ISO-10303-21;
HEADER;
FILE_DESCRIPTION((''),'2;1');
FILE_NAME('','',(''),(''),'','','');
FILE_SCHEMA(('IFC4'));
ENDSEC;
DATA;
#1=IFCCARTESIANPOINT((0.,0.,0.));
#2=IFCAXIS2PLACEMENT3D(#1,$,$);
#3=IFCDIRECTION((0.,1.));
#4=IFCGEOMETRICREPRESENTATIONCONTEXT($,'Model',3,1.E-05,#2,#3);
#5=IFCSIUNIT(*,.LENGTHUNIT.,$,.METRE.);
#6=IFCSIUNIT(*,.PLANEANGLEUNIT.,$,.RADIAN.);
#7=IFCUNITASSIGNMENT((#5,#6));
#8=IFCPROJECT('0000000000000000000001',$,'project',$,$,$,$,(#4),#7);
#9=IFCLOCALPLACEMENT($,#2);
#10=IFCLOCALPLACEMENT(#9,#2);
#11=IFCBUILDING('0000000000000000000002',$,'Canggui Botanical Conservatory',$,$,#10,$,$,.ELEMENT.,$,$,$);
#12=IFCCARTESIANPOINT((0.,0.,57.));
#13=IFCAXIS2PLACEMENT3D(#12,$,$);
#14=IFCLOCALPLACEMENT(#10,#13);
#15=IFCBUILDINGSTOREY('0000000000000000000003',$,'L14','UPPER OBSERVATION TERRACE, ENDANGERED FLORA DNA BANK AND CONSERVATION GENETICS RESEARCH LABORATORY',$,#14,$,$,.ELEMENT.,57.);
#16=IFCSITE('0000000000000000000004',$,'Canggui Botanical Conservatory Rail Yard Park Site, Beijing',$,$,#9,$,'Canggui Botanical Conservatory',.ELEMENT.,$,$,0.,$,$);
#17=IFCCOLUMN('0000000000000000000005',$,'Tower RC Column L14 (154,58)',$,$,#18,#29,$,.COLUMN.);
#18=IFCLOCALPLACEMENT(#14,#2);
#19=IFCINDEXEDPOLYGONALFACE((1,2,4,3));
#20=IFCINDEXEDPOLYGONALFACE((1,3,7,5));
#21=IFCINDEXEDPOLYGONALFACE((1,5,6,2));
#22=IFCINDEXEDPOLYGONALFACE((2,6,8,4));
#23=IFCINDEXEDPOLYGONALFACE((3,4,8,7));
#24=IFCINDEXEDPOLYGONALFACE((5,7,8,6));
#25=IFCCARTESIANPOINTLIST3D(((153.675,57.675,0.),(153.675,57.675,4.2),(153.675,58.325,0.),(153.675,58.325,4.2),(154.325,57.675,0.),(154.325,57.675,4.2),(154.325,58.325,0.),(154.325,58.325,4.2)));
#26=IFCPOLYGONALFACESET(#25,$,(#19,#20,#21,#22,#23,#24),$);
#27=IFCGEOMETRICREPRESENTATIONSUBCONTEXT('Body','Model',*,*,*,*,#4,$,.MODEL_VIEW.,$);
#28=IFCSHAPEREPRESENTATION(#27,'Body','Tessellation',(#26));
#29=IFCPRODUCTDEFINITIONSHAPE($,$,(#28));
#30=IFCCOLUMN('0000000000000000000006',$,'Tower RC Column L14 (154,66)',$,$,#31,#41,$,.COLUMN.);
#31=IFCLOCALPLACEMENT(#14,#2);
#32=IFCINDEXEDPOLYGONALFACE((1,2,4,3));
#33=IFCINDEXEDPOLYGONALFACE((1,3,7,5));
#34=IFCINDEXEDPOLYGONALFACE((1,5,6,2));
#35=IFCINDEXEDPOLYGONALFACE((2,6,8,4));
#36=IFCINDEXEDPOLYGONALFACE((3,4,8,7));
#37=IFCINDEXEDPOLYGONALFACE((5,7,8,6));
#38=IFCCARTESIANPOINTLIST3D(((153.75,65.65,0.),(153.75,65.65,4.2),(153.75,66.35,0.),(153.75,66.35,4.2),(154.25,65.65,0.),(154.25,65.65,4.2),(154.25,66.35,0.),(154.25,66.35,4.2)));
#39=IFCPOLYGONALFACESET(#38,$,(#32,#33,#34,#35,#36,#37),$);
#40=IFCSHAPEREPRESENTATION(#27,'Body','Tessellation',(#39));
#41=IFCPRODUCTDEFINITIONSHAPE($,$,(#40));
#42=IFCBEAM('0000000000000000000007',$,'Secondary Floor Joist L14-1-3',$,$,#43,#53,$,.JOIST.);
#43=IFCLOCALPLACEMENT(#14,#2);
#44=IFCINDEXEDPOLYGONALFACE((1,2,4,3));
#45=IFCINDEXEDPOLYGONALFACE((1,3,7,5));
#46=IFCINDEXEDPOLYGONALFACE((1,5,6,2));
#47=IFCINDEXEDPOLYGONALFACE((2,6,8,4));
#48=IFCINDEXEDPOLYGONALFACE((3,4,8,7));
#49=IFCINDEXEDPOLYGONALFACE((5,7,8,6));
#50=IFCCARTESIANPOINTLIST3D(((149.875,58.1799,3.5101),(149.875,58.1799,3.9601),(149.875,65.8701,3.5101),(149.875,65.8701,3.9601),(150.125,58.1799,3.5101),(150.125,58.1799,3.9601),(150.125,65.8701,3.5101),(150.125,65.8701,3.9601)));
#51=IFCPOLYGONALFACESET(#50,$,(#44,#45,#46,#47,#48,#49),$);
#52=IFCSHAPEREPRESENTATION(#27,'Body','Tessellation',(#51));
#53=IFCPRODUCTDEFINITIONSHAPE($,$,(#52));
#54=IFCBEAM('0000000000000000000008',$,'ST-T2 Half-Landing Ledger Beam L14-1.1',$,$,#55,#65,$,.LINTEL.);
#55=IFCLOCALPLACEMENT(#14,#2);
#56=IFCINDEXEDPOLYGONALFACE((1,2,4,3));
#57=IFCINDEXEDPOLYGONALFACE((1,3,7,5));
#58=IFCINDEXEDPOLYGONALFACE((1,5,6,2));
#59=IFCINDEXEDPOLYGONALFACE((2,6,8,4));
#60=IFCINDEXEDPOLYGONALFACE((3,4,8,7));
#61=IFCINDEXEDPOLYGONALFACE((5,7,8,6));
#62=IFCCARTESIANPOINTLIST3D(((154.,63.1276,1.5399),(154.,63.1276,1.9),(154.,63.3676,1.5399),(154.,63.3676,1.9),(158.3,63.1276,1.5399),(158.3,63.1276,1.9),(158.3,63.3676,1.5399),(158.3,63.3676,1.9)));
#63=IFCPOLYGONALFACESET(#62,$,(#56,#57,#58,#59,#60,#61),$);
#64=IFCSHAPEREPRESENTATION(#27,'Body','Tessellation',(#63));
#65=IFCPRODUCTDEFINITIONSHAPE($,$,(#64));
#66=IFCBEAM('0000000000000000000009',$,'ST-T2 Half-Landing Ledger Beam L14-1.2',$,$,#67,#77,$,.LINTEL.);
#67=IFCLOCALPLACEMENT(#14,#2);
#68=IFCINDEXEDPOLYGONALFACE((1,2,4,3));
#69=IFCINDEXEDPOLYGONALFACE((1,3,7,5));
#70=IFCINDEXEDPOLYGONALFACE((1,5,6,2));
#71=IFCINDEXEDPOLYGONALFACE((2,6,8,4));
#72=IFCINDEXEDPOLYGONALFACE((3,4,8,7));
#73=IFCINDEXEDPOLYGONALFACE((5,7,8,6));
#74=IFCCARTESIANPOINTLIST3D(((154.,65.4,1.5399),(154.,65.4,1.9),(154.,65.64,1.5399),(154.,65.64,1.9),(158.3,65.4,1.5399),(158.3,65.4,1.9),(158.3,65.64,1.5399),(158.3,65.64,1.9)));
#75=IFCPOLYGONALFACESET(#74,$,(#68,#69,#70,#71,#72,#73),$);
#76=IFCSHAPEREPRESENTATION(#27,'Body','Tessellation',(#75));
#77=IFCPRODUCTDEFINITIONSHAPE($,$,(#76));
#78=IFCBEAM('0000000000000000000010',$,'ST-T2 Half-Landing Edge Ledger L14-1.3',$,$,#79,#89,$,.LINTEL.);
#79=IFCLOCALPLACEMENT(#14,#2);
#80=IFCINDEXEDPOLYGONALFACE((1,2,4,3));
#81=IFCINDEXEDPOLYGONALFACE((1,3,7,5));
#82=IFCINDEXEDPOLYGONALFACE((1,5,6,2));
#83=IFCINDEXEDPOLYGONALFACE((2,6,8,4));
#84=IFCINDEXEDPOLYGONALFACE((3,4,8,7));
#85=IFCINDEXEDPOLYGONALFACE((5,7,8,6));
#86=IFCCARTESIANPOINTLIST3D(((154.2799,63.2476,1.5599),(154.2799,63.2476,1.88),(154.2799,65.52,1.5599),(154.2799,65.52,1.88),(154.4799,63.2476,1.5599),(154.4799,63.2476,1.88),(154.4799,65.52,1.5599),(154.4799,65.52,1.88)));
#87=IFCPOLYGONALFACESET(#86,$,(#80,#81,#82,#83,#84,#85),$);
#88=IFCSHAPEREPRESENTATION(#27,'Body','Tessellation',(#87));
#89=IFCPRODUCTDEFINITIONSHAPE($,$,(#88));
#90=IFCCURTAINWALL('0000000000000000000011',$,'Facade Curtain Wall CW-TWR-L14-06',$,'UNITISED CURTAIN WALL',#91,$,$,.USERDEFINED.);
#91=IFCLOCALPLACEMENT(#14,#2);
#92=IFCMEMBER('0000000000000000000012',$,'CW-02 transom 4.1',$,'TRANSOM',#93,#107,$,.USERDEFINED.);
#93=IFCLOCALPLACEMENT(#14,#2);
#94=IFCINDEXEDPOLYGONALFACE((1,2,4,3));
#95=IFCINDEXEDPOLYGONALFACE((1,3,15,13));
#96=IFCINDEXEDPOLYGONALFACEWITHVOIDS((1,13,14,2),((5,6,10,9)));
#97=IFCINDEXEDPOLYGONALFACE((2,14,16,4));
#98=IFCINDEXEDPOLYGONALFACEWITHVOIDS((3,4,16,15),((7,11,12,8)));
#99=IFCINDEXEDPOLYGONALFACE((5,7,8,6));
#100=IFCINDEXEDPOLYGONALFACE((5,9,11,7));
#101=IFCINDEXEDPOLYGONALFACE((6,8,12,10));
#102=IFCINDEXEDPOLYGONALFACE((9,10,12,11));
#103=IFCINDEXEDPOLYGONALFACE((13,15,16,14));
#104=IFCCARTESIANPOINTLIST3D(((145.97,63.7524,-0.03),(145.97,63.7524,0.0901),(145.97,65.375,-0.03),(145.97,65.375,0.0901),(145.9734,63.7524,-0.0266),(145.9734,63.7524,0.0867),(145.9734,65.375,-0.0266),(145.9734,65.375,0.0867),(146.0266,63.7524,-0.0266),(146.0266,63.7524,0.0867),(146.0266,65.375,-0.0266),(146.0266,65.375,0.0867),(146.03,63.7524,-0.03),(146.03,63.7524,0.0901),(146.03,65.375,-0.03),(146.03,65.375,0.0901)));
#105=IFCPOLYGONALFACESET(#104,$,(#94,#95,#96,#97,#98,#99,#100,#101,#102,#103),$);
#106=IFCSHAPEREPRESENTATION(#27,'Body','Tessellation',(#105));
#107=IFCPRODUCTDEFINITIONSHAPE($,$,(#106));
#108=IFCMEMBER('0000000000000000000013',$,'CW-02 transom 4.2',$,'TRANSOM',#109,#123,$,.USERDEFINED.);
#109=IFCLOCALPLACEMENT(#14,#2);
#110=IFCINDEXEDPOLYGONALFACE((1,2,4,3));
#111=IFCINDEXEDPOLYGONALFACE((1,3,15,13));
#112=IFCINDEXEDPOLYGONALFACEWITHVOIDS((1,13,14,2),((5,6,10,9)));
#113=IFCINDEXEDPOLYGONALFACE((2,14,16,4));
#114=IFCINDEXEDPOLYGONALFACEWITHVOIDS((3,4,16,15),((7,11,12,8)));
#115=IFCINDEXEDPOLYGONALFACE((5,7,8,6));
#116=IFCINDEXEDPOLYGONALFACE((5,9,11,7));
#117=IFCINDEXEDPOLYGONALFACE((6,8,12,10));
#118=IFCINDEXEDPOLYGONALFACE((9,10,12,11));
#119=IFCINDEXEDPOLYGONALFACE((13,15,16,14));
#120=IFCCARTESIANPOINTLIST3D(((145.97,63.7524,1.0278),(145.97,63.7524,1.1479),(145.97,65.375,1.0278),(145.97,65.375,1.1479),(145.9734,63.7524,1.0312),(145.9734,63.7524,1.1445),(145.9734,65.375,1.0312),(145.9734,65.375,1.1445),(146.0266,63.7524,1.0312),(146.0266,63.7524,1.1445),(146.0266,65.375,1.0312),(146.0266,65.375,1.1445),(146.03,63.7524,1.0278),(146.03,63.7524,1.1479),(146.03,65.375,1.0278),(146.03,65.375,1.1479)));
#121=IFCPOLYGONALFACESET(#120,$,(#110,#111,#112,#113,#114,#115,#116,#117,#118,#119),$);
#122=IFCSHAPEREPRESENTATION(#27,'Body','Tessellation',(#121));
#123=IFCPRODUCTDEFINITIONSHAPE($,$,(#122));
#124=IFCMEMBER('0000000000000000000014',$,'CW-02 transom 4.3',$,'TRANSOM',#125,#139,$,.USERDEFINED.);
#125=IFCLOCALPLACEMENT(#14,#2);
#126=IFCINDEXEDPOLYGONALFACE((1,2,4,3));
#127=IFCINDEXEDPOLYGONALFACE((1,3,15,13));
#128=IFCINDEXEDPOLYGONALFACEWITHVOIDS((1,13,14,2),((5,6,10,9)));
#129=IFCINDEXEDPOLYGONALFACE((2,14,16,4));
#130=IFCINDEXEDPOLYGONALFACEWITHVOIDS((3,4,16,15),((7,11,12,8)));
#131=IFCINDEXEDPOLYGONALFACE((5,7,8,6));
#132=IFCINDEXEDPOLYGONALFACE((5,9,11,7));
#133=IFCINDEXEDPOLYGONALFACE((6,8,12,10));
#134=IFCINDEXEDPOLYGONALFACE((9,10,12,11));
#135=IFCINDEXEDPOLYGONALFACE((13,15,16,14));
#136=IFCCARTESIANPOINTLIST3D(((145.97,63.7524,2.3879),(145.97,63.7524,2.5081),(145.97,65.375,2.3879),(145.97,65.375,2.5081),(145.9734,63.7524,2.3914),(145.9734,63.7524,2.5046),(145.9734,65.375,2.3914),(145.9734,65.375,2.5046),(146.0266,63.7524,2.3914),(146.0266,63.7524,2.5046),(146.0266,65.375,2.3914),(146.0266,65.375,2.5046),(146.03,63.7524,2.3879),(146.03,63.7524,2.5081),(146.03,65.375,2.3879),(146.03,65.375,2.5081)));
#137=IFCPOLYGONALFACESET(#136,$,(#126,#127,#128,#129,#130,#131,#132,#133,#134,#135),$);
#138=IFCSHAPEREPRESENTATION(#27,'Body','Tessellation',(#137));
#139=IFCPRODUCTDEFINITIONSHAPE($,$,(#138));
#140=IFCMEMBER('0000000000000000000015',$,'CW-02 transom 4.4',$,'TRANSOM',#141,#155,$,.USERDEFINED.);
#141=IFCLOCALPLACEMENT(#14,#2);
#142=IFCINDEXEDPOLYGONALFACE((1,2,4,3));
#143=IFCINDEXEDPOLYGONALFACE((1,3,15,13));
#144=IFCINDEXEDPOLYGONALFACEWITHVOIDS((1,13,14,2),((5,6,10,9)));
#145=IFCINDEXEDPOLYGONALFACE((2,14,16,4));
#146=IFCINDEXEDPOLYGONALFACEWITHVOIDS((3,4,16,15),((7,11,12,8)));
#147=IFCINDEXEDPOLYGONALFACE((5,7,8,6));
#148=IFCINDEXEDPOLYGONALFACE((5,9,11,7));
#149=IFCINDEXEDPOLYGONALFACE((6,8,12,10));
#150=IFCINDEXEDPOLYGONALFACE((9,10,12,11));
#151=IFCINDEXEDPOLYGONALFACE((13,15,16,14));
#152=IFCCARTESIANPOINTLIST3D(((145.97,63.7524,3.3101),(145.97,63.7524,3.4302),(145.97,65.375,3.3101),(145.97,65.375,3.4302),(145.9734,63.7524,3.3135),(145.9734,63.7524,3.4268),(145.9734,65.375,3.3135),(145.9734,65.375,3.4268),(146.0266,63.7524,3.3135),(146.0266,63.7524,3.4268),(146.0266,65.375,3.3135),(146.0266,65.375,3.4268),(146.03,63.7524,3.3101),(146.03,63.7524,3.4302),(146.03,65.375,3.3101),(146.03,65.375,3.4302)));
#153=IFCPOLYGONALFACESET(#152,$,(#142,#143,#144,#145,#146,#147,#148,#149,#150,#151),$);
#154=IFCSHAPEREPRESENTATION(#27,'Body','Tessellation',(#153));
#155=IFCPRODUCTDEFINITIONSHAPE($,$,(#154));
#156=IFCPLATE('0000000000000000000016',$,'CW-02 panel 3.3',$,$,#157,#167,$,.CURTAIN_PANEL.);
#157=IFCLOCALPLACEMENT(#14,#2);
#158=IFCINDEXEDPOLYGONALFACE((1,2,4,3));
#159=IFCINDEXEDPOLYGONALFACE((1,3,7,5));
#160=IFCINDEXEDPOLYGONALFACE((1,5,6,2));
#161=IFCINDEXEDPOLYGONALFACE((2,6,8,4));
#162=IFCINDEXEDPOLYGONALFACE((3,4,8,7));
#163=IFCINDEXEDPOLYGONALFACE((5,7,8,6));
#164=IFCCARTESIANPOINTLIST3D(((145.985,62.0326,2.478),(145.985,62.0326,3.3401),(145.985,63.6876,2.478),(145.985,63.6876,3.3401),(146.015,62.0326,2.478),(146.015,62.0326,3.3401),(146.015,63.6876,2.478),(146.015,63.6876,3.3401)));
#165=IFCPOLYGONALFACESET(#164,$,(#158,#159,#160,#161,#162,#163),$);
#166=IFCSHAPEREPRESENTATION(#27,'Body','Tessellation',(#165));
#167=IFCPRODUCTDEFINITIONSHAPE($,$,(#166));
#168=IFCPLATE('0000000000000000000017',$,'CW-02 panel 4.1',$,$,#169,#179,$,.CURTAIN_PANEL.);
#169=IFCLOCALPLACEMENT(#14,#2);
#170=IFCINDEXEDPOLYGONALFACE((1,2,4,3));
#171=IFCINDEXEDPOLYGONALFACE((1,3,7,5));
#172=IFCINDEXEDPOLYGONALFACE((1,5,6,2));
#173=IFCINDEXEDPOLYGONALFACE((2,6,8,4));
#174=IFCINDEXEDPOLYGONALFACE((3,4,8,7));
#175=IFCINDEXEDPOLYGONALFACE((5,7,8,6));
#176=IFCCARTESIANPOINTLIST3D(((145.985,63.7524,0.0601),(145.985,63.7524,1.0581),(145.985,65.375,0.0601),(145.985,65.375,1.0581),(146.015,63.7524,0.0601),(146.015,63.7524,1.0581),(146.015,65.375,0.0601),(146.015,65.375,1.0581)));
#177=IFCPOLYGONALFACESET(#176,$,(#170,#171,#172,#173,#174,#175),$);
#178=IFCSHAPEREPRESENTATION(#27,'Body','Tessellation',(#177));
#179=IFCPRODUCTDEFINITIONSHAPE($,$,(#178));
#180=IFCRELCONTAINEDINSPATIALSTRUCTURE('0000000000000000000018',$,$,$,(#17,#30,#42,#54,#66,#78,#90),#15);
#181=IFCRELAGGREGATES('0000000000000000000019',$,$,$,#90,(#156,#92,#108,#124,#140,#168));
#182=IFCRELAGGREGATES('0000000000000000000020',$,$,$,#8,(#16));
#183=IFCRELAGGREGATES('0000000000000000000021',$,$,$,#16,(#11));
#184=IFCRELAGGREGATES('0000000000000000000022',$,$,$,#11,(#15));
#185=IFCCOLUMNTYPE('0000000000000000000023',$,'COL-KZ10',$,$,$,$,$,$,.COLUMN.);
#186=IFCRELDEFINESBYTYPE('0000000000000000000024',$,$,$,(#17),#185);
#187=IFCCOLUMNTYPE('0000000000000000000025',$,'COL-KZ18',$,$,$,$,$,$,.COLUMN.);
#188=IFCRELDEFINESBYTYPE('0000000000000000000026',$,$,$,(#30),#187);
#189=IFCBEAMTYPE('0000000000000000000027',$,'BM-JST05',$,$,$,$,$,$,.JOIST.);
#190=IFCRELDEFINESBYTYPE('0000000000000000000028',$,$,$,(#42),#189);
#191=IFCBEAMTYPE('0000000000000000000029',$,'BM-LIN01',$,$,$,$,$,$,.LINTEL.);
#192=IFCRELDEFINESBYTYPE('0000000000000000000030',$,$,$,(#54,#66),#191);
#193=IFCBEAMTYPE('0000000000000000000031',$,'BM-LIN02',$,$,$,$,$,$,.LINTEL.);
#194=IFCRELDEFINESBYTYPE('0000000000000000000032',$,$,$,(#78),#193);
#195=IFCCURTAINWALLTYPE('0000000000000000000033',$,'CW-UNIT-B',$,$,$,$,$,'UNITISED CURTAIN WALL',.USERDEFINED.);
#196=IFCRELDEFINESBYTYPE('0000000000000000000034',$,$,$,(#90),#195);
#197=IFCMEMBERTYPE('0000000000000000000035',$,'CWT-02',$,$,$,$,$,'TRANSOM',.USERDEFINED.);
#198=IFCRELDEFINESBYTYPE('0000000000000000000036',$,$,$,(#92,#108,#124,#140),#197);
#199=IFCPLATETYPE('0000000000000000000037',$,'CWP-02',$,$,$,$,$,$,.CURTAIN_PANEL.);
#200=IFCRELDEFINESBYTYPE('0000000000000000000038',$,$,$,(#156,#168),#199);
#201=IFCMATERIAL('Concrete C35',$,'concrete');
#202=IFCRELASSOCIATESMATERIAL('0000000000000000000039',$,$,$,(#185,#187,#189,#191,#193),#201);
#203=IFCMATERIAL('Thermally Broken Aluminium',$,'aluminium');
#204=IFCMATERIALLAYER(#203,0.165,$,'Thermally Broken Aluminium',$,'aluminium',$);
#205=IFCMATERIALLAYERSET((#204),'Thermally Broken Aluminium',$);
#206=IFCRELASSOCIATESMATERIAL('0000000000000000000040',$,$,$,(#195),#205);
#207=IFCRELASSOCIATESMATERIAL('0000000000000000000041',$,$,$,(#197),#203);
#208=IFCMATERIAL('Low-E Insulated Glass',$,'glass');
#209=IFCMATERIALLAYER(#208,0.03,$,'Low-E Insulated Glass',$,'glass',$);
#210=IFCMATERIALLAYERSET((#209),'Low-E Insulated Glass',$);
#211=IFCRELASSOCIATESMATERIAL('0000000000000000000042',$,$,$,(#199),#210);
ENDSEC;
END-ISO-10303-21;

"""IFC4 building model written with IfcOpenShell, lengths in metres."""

from ifc_helpers import new_model, si_unit, direction, frame, origin, origin_2d, place, context, subcontext, project, spatial, rectangle, hollow_rectangle, extrude, material, layer, layer_set, material_profile, profile_set, type_object, element, aggregate, save


model = new_model("IFC4")

# Units and contexts
model_context = context("Model", 3, precision=1e-05, world=origin(), true_north=direction((0.0, 1.0)))
body_context = subcontext(model_context, "Body", "Model", "MODEL_VIEW")
ifc_project = project(units=[si_unit("LENGTHUNIT", "METRE"), si_unit("PLANEANGLEUNIT", "RADIAN")], contexts=[model_context])

# Site, building, storey
site_placement = place(None, origin())
site = spatial("IfcSite", under=ifc_project, at=site_placement, Name="Canggui Botanical Conservatory Rail Yard Park Site, Beijing", LongName="Canggui Botanical Conservatory", CompositionType="ELEMENT", RefElevation=0.0)
building_placement = place(site_placement, origin())
building = spatial("IfcBuilding", under=site, at=building_placement, Name="Canggui Botanical Conservatory", CompositionType="ELEMENT")
storey_placement = place(building_placement, frame((0.0, 0.0, 57.0)))
storey = spatial("IfcBuildingStorey", under=building, at=storey_placement, Name="L14", Description="UPPER OBSERVATION TERRACE, ENDANGERED FLORA DNA BANK AND CONSERVATION GENETICS RESEARCH LABORATORY", CompositionType="ELEMENT", Elevation=57.0)

# Columns
ifc_material_1 = material(Name="Concrete C35", Category="concrete")
ifc_material_profile_1 = material_profile(ifc_material_1, rectangle(XDim=0.6499, YDim=0.6499, at=origin_2d()), Name="RC 650x650")
ifc_profile_set_1 = profile_set([ifc_material_profile_1], Name="Concrete C35")
column_type_1 = type_object("IfcColumnType", Name="COL-KZ10", PredefinedType="COLUMN", material=ifc_profile_set_1)
column_1_placement = place(storey_placement, frame((154.0, 58.0, 0.0), z_axis=(0.0, 0.0, 1.0), x_axis=(1.0, 0.0, 0.0)))
element("IfcColumn", 1, at=column_1_placement, inside=storey, type_object=column_type_1, Name="Tower RC Column L14 (154,58)", PredefinedType="COLUMN", context=body_context, shape_type="SweptSolid", body=[
    extrude(rectangle(XDim=0.6499, YDim=0.6499, at=origin_2d()), origin(), (0.0, 0.0, 1.0), 4.2),
])
ifc_material_profile_2 = material_profile(ifc_material_1, rectangle(XDim=0.5, YDim=0.7, at=origin_2d()), Name="RC 500x700")
ifc_profile_set_2 = profile_set([ifc_material_profile_2], Name="Concrete C35")
column_type_2 = type_object("IfcColumnType", Name="COL-KZ18", PredefinedType="COLUMN", material=ifc_profile_set_2)
column_2_placement = place(storey_placement, frame((154.0, 66.0, 0.0), z_axis=(0.0, 0.0, 1.0), x_axis=(1.0, 0.0, 0.0)))
element("IfcColumn", 2, at=column_2_placement, inside=storey, type_object=column_type_2, Name="Tower RC Column L14 (154,66)", PredefinedType="COLUMN", context=body_context, shape_type="SweptSolid", body=[
    extrude(rectangle(XDim=0.5, YDim=0.7, at=origin_2d()), origin(), (0.0, 0.0, 1.0), 4.2),
])

# Beams
ifc_material_profile_3 = material_profile(ifc_material_1, rectangle(XDim=0.25, YDim=0.45, at=origin_2d()), Name="RB 250x450")
ifc_profile_set_3 = profile_set([ifc_material_profile_3], Name="Concrete C35")
beam_type_1 = type_object("IfcBeamType", Name="BM-JST05", PredefinedType="JOIST", material=ifc_profile_set_3)
beam_1_placement = place(storey_placement, frame((150.0, 58.1799, 3.7351), z_axis=(0.0, 1.0, 0.0), x_axis=(-1.0, 0.0, 0.0)))
element("IfcBeam", 3, at=beam_1_placement, inside=storey, type_object=beam_type_1, Name="Secondary Floor Joist L14-1-3", PredefinedType="JOIST", context=body_context, shape_type="SweptSolid", body=[
    extrude(rectangle(XDim=0.25, YDim=0.45, at=origin_2d()), origin(), (0.0, 0.0, 1.0), 7.6902),
])
ifc_material_profile_4 = material_profile(ifc_material_1, rectangle(XDim=0.24, YDim=0.3601, at=origin_2d()), Name="RB 240x360")
ifc_profile_set_4 = profile_set([ifc_material_profile_4], Name="Concrete C35")
beam_type_2 = type_object("IfcBeamType", Name="BM-LIN01", PredefinedType="LINTEL", material=ifc_profile_set_4)
for number, where, z_axis, x_axis, name in (
    (4, (154.0, 63.2476, 1.72), (1.0, 0.0, 0.0), (0.0, 1.0, 0.0), "ST-T2 Half-Landing Ledger Beam L14-1.1"),
    (5, (154.0, 65.52, 1.72), (1.0, 0.0, 0.0), (0.0, 1.0, 0.0), "ST-T2 Half-Landing Ledger Beam L14-1.2"),
):
    element("IfcBeam", number, at=place(storey_placement, frame(where, z_axis=z_axis, x_axis=x_axis)), inside=storey, type_object=beam_type_2, Name=name, PredefinedType="LINTEL", context=body_context, shape_type="SweptSolid", body=[
        extrude(rectangle(XDim=0.24, YDim=0.3601, at=origin_2d()), origin(), (0.0, 0.0, 1.0), 4.3),
    ])
ifc_material_profile_5 = material_profile(ifc_material_1, rectangle(XDim=0.2, YDim=0.3201, at=origin_2d()), Name="RB 200x320")
ifc_profile_set_5 = profile_set([ifc_material_profile_5], Name="Concrete C35")
beam_type_3 = type_object("IfcBeamType", Name="BM-LIN02", PredefinedType="LINTEL", material=ifc_profile_set_5)
beam_2_placement = place(storey_placement, frame((154.3799, 63.2476, 1.72), z_axis=(0.0, 1.0, 0.0), x_axis=(-1.0, 0.0, 0.0)))
element("IfcBeam", 6, at=beam_2_placement, inside=storey, type_object=beam_type_3, Name="ST-T2 Half-Landing Edge Ledger L14-1.3", PredefinedType="LINTEL", context=body_context, shape_type="SweptSolid", body=[
    extrude(rectangle(XDim=0.2, YDim=0.3201, at=origin_2d()), origin(), (0.0, 0.0, 1.0), 2.2725),
])

# Curtain wall, members, plates
ifc_material_2 = material(Name="Thermally Broken Aluminium", Category="aluminium")
ifc_layer_1 = layer(ifc_material_2, 0.165, Name="Thermally Broken Aluminium", Category="aluminium")
ifc_layer_set_1 = layer_set([ifc_layer_1], Name="Thermally Broken Aluminium")
curtain_wall_type = type_object("IfcCurtainWallType", Name="CW-UNIT-B", ElementType="UNITISED CURTAIN WALL", PredefinedType="USERDEFINED", material=ifc_layer_set_1)
curtain_wall_placement = place(storey_placement, origin())
curtain_wall = element("IfcCurtainWall", 7, at=curtain_wall_placement, inside=storey, type_object=curtain_wall_type, Name="Facade Curtain Wall CW-TWR-L14-06", ObjectType="UNITISED CURTAIN WALL", PredefinedType="USERDEFINED")
ifc_material_profile_6 = material_profile(ifc_material_2, hollow_rectangle(XDim=0.0601, YDim=0.1201, WallThickness=0.0034, at=origin_2d()), Name="CWT 60x120x3.5")
ifc_profile_set_6 = profile_set([ifc_material_profile_6], Name="Thermally Broken Aluminium")
member_type = type_object("IfcMemberType", Name="CWT-02", ElementType="TRANSOM", PredefinedType="USERDEFINED", material=ifc_profile_set_6)
member_1_placement = place(storey_placement, frame((146.0, 63.7524, 0.03), z_axis=(0.0, 1.0, 0.0), x_axis=(-1.0, 0.0, 0.0)))
member_1 = element("IfcMember", 8, at=member_1_placement, type_object=member_type, Name="CW-02 transom 4.1", ObjectType="TRANSOM", PredefinedType="USERDEFINED", context=body_context, shape_type="SweptSolid", body=[
    extrude(hollow_rectangle(XDim=0.0601, YDim=0.1201, WallThickness=0.0034, at=origin_2d()), origin(), (0.0, 0.0, 1.0), 1.6226),
])
member_2_placement = place(storey_placement, frame((146.0, 63.7524, 1.0879), z_axis=(0.0, 1.0, 0.0), x_axis=(-1.0, 0.0, 0.0)))
member_2 = element("IfcMember", 9, at=member_2_placement, type_object=member_type, Name="CW-02 transom 4.2", ObjectType="TRANSOM", PredefinedType="USERDEFINED", context=body_context, shape_type="SweptSolid", body=[
    extrude(hollow_rectangle(XDim=0.0601, YDim=0.1201, WallThickness=0.0034, at=origin_2d()), origin(), (0.0, 0.0, 1.0), 1.6226),
])
member_3_placement = place(storey_placement, frame((146.0, 63.7524, 2.448), z_axis=(0.0, 1.0, 0.0), x_axis=(-1.0, 0.0, 0.0)))
member_3 = element("IfcMember", 10, at=member_3_placement, type_object=member_type, Name="CW-02 transom 4.3", ObjectType="TRANSOM", PredefinedType="USERDEFINED", context=body_context, shape_type="SweptSolid", body=[
    extrude(hollow_rectangle(XDim=0.0601, YDim=0.1201, WallThickness=0.0034, at=origin_2d()), origin(), (0.0, 0.0, 1.0), 1.6226),
])
member_4_placement = place(storey_placement, frame((146.0, 63.7524, 3.3701), z_axis=(0.0, 1.0, 0.0), x_axis=(-1.0, 0.0, 0.0)))
member_4 = element("IfcMember", 11, at=member_4_placement, type_object=member_type, Name="CW-02 transom 4.4", ObjectType="TRANSOM", PredefinedType="USERDEFINED", context=body_context, shape_type="SweptSolid", body=[
    extrude(hollow_rectangle(XDim=0.0601, YDim=0.1201, WallThickness=0.0034, at=origin_2d()), origin(), (0.0, 0.0, 1.0), 1.6226),
])
ifc_material_3 = material(Name="Low-E Insulated Glass", Category="glass")
ifc_layer_2 = layer(ifc_material_3, 0.03, Name="Low-E Insulated Glass", Category="glass")
ifc_layer_set_2 = layer_set([ifc_layer_2], Name="Low-E Insulated Glass")
plate_type = type_object("IfcPlateType", Name="CWP-02", PredefinedType="CURTAIN_PANEL", material=ifc_layer_set_2)
plate_1_placement = place(storey_placement, frame((146.0, 62.8601, 2.478), z_axis=(0.0, 0.0, 1.0), x_axis=(0.0, 1.0, 0.0)))
plate_1 = element("IfcPlate", 12, at=plate_1_placement, type_object=plate_type, Name="CW-02 panel 3.3", PredefinedType="CURTAIN_PANEL", context=body_context, shape_type="SweptSolid", body=[
    extrude(rectangle(XDim=1.655, YDim=0.03, at=origin_2d()), origin(), (0.0, 0.0, 1.0), 0.8621),
])
plate_2_placement = place(storey_placement, frame((146.0, 64.5637, 0.0601), z_axis=(0.0, 0.0, 1.0), x_axis=(0.0, 1.0, 0.0)))
plate_2 = element("IfcPlate", 13, at=plate_2_placement, type_object=plate_type, Name="CW-02 panel 4.1", PredefinedType="CURTAIN_PANEL", context=body_context, shape_type="SweptSolid", body=[
    extrude(rectangle(XDim=1.6226, YDim=0.03, at=origin_2d()), origin(), (0.0, 0.0, 1.0), 0.998),
])
aggregate(curtain_wall, [plate_1, member_1, member_2, member_3, member_4, plate_2])

save(model, "model.ifc")
